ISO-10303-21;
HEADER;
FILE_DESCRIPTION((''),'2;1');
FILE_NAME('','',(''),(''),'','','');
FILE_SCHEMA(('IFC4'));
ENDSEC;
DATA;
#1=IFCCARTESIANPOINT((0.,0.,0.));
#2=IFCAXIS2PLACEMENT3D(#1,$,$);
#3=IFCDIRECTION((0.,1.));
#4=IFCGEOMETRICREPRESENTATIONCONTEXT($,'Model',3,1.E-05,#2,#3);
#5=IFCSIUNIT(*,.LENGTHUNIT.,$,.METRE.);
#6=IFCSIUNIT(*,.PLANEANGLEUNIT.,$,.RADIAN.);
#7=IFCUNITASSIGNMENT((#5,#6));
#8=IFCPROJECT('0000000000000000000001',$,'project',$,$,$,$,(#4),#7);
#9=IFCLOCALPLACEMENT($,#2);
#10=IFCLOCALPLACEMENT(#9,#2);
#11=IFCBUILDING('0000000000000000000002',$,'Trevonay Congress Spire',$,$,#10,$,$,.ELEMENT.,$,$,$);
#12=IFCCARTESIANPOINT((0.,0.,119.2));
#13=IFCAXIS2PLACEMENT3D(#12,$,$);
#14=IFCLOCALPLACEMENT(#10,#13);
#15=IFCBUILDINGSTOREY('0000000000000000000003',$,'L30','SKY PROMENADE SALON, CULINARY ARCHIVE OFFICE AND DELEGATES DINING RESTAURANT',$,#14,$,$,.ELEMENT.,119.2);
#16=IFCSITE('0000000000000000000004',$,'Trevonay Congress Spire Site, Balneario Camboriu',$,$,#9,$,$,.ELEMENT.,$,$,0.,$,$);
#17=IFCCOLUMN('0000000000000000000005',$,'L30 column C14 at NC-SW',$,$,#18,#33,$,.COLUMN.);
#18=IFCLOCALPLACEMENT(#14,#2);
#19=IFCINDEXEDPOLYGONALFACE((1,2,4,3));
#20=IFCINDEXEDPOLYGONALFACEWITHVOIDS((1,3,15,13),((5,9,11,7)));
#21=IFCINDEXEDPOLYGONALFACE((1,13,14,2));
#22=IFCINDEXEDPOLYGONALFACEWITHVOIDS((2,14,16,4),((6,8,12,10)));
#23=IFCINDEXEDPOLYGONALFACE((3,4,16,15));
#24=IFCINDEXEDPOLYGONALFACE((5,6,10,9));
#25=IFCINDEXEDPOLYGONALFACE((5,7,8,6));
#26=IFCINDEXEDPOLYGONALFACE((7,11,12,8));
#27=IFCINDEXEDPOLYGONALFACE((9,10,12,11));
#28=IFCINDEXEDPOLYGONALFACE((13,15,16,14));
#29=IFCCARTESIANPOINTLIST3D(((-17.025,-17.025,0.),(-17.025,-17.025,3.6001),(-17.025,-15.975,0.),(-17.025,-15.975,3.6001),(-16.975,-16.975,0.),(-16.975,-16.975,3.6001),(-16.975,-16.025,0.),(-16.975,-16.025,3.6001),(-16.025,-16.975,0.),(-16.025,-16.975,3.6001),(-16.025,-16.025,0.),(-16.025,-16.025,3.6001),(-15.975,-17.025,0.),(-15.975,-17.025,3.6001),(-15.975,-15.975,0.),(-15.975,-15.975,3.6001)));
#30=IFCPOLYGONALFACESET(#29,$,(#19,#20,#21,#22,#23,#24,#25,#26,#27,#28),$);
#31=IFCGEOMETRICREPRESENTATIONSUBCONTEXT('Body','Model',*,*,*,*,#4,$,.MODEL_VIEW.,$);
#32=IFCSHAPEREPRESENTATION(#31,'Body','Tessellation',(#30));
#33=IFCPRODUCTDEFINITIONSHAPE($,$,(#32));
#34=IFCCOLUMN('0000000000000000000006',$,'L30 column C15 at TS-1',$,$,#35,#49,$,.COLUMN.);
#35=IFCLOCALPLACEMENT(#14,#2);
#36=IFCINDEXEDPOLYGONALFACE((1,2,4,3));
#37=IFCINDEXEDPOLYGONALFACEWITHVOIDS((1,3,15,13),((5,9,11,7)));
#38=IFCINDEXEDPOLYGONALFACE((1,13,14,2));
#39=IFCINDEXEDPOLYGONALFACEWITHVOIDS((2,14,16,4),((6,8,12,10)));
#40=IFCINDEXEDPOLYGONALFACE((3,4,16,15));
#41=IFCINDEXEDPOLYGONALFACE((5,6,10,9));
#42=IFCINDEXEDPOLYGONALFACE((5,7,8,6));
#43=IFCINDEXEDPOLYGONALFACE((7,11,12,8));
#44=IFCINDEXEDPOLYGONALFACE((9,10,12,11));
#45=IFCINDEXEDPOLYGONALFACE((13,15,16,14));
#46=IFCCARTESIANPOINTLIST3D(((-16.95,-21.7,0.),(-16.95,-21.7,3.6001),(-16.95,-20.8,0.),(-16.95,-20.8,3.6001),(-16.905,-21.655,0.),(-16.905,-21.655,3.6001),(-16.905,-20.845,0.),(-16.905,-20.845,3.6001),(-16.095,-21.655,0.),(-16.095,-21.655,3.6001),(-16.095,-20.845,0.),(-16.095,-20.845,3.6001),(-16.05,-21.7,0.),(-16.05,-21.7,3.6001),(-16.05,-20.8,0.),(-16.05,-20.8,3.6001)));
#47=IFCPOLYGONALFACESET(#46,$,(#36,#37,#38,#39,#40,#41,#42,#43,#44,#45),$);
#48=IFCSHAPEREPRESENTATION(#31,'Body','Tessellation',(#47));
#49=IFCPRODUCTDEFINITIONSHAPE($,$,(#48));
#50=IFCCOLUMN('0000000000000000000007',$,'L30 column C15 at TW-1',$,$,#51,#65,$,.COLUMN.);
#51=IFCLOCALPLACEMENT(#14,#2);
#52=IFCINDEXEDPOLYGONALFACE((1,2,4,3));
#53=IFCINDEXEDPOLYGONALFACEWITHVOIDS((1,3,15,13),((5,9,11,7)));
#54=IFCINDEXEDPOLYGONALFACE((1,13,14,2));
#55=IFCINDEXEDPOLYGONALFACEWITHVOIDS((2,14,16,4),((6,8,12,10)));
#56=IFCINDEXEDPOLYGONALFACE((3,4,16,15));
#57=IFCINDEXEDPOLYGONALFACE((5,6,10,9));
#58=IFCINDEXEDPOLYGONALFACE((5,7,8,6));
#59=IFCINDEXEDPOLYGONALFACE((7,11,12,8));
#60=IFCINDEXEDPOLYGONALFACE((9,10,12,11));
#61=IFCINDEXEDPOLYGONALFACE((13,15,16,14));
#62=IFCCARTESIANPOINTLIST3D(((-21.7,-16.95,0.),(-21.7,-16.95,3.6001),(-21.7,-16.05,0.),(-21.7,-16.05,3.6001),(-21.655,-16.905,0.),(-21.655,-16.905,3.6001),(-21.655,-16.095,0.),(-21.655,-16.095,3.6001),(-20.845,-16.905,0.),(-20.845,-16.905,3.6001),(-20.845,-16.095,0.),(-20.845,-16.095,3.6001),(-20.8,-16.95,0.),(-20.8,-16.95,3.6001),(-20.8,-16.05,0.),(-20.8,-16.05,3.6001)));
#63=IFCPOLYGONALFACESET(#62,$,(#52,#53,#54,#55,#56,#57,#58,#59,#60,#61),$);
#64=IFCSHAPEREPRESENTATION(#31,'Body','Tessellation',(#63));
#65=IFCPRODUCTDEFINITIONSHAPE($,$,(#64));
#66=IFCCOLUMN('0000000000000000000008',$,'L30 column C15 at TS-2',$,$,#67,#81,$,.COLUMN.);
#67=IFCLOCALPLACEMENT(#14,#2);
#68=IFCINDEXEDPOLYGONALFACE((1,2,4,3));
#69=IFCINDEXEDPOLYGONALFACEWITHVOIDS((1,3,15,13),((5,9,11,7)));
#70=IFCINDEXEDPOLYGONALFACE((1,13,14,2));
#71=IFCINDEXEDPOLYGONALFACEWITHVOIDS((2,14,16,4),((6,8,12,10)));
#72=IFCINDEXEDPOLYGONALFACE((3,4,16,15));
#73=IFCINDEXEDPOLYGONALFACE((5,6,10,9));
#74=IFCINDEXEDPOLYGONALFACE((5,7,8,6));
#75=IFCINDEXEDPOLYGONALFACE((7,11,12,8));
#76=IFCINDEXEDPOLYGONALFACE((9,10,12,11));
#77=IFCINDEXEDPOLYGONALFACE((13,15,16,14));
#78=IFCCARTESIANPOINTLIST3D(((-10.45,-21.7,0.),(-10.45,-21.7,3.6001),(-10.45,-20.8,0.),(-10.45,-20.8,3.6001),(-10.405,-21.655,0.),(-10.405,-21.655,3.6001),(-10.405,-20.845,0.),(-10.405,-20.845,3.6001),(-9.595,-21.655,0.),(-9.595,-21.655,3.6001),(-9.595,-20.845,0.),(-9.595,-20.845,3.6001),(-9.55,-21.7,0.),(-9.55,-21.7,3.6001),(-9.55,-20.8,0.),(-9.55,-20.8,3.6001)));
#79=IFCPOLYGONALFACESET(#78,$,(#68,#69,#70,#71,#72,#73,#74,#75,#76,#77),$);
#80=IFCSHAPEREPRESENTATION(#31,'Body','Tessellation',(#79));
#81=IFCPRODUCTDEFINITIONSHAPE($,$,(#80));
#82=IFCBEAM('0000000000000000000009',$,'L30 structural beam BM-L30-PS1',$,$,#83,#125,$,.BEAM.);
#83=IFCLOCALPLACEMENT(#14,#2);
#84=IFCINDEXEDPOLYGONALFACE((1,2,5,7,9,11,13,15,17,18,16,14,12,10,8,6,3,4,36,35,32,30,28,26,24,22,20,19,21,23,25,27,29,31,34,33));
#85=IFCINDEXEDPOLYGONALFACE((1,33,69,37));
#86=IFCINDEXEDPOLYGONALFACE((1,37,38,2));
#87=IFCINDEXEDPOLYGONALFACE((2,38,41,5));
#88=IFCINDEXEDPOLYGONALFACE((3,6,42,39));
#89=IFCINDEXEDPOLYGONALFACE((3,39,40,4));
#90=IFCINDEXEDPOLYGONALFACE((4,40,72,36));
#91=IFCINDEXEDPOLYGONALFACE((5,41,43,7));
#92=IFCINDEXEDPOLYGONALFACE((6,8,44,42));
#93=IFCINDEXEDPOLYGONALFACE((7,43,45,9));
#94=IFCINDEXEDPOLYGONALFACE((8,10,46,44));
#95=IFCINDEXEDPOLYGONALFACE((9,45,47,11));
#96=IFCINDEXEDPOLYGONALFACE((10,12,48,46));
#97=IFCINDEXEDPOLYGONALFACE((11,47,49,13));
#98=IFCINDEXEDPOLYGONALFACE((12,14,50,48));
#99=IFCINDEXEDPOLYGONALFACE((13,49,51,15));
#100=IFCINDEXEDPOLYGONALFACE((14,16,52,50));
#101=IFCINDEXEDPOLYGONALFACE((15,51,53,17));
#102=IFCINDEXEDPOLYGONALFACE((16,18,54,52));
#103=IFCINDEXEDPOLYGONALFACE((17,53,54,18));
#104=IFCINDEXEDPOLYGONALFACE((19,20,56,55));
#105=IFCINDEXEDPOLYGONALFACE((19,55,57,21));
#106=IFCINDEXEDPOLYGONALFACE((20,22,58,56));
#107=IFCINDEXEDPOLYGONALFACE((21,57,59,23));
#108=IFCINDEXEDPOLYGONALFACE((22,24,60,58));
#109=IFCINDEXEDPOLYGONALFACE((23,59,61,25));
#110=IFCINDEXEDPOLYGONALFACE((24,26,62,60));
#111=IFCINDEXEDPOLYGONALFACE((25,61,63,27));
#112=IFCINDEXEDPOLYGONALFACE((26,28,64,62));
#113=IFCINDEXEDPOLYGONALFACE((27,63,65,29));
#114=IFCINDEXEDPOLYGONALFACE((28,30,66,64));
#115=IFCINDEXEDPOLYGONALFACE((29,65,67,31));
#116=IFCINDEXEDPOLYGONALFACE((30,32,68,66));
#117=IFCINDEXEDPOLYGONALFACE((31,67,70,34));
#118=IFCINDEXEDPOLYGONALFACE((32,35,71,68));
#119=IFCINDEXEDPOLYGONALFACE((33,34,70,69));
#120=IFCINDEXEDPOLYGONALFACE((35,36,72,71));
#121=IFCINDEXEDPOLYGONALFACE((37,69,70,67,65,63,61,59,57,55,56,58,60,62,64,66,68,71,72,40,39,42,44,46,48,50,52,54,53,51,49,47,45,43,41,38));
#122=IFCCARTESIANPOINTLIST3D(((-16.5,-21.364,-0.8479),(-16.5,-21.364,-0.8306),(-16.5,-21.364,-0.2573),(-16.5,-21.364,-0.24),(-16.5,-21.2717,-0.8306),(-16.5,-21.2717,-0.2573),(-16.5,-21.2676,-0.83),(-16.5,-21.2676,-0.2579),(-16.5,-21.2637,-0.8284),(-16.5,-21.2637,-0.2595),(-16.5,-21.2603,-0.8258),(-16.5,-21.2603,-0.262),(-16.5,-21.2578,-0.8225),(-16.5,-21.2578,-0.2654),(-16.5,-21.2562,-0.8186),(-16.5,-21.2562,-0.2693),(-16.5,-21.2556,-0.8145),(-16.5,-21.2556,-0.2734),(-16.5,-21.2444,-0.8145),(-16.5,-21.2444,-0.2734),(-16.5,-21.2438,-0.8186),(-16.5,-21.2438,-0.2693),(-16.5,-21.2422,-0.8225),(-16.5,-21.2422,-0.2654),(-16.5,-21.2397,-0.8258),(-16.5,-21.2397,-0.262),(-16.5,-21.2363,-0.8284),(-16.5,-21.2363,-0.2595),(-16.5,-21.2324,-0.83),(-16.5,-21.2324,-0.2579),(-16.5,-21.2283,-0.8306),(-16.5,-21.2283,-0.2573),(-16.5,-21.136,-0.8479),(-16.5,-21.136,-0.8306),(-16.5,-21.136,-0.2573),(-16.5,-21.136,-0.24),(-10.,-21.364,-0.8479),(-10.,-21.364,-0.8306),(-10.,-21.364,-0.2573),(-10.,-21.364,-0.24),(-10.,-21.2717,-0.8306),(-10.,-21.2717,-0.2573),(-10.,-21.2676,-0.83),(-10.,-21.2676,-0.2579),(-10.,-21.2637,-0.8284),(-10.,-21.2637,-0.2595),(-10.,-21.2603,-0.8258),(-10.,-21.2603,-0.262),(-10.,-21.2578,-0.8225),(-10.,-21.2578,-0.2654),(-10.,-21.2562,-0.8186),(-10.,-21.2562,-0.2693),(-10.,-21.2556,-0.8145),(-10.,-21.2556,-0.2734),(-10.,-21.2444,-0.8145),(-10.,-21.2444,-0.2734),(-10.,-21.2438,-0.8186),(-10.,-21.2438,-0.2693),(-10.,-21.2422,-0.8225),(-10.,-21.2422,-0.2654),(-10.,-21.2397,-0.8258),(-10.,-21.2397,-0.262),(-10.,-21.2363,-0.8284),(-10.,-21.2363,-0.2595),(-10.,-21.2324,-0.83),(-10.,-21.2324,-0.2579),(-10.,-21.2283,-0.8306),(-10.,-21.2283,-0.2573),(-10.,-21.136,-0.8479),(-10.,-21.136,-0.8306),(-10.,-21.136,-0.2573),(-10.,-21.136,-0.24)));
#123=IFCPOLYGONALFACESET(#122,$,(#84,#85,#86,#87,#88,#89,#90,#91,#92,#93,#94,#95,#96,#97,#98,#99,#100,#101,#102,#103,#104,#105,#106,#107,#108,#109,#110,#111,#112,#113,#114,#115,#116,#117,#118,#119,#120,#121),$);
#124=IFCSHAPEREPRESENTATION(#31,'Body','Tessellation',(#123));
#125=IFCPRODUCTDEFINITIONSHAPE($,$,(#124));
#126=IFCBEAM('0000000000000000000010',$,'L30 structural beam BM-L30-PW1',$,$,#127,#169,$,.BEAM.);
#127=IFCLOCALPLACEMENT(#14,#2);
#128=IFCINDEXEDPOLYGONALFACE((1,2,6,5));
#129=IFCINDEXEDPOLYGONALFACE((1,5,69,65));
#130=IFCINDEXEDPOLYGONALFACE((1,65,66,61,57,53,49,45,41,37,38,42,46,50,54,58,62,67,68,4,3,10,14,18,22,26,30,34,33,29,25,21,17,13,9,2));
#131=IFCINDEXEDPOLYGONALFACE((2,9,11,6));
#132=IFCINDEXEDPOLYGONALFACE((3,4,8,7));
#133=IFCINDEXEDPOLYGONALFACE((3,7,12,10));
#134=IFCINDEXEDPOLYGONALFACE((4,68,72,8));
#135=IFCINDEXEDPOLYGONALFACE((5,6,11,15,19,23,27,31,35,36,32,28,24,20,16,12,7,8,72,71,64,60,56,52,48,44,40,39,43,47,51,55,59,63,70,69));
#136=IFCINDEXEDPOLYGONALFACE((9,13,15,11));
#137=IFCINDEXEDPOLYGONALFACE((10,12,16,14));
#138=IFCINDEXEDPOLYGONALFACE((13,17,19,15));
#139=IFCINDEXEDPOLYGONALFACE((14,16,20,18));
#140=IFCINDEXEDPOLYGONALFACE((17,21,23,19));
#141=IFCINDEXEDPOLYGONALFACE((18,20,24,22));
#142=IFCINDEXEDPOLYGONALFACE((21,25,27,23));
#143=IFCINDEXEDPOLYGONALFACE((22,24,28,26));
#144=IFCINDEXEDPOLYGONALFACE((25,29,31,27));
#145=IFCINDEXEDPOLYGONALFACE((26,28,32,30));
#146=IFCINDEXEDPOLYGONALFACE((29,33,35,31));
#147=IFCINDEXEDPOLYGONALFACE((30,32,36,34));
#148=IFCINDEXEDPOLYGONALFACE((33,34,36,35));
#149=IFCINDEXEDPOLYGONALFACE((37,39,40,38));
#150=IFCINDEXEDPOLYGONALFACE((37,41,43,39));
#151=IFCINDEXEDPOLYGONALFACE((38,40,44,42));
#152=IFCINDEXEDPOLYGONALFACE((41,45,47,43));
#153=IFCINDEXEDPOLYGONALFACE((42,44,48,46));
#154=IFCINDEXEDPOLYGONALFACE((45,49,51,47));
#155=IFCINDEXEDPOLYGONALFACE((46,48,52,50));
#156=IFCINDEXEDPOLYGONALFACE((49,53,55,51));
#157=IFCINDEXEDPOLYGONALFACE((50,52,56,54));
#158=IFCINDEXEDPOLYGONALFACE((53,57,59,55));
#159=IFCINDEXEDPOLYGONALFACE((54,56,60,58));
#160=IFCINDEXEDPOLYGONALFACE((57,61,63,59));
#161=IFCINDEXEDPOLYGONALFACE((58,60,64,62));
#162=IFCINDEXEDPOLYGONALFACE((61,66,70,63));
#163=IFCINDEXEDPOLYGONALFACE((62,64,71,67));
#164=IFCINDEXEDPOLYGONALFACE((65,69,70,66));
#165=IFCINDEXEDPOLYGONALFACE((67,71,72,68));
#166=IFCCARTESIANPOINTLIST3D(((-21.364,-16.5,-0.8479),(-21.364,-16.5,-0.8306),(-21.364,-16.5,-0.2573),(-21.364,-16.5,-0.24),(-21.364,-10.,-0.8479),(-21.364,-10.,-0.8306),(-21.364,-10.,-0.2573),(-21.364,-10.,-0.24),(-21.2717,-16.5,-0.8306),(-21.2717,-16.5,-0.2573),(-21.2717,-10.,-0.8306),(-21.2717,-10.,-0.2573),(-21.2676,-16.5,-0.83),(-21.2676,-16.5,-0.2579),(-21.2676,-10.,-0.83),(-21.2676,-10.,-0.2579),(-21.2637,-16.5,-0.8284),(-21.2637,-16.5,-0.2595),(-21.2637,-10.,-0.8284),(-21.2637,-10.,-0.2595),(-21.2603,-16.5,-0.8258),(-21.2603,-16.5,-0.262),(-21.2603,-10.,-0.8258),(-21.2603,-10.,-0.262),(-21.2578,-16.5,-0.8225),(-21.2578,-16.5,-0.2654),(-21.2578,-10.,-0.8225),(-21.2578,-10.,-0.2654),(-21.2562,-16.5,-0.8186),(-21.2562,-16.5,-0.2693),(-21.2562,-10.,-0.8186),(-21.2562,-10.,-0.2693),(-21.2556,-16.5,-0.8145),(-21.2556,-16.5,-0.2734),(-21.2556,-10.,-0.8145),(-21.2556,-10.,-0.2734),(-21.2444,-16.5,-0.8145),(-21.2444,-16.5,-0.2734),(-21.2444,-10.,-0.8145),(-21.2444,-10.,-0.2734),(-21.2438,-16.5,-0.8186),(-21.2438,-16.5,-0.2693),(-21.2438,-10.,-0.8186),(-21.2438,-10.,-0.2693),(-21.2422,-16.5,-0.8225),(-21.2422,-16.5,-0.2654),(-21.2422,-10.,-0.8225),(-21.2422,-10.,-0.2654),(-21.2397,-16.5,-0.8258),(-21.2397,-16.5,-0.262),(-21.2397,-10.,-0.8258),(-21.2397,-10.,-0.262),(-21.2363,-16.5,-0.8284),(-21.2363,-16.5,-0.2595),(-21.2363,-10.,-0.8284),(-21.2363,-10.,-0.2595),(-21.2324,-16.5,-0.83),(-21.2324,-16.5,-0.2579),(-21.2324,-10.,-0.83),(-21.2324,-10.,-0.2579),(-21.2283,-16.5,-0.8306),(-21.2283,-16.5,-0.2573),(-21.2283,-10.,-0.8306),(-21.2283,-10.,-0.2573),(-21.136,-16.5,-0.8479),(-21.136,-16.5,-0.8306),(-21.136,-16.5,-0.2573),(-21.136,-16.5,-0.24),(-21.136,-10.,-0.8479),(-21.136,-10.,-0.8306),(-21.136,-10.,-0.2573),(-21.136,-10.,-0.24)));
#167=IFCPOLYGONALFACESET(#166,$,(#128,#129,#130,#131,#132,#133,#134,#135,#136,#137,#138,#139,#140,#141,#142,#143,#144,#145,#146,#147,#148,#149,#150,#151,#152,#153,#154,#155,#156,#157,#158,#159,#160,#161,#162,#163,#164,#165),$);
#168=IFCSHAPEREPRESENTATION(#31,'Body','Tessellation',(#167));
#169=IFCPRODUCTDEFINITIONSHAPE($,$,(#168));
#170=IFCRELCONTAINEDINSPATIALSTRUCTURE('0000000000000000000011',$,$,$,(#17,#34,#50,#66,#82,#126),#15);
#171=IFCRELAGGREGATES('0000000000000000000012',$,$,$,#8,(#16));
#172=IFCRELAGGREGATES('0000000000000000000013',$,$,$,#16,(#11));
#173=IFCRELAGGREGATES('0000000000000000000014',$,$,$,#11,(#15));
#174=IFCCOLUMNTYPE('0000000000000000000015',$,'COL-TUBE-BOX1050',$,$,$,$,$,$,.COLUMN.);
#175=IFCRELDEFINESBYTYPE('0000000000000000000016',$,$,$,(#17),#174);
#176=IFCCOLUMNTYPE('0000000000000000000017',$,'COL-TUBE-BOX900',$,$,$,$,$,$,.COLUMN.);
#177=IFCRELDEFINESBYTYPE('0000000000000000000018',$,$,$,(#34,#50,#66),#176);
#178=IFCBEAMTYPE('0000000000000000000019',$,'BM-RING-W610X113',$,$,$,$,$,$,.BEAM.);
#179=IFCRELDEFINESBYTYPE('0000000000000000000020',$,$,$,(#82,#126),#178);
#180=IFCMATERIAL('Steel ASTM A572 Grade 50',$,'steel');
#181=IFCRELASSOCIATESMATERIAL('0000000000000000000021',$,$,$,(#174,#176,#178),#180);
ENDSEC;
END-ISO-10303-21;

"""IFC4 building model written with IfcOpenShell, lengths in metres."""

from ifc_helpers import new_model, si_unit, direction, frame, origin, origin_2d, place, context, subcontext, project, spatial, hollow_rectangle, i_section, extrude, material, material_profile, profile_set, type_object, element, save


model = new_model("IFC4")

# Units and contexts
model_context = context("Model", 3, precision=1e-05, world=origin(), true_north=direction((0.0, 1.0)))
body_context = subcontext(model_context, "Body", "Model", "MODEL_VIEW")
ifc_project = project(units=[si_unit("LENGTHUNIT", "METRE"), si_unit("PLANEANGLEUNIT", "RADIAN")], contexts=[model_context])

# Site, building, storey
site_placement = place(None, origin())
site = spatial("IfcSite", under=ifc_project, at=site_placement, Name="Trevonay Congress Spire Site, Balneario Camboriu", CompositionType="ELEMENT", RefElevation=0.0)
building_placement = place(site_placement, origin())
building = spatial("IfcBuilding", under=site, at=building_placement, Name="Trevonay Congress Spire", CompositionType="ELEMENT")
storey_placement = place(building_placement, frame((0.0, 0.0, 119.2)))
storey = spatial("IfcBuildingStorey", under=building, at=storey_placement, Name="L30", Description="SKY PROMENADE SALON, CULINARY ARCHIVE OFFICE AND DELEGATES DINING RESTAURANT", CompositionType="ELEMENT", Elevation=119.2)

# Columns
ifc_material_1 = material(Name="Steel ASTM A572 Grade 50", Category="steel")
ifc_material_profile_1 = material_profile(ifc_material_1, hollow_rectangle(XDim=1.05, YDim=1.05, WallThickness=0.05, at=origin_2d()), Name="BOX 1050x1050x50")
ifc_profile_set_1 = profile_set([ifc_material_profile_1], Name="Steel ASTM A572 Grade 50")
column_type_1 = type_object("IfcColumnType", Name="COL-TUBE-BOX1050", PredefinedType="COLUMN", material=ifc_profile_set_1)
column_placement = place(storey_placement, frame((-16.5, -16.5, 0.0), z_axis=(0.0, 0.0, 1.0), x_axis=(1.0, 0.0, 0.0)))
element("IfcColumn", 1, at=column_placement, inside=storey, type_object=column_type_1, Name="L30 column C14 at NC-SW", PredefinedType="COLUMN", context=body_context, shape_type="SweptSolid", body=[
    extrude(hollow_rectangle(XDim=1.05, YDim=1.05, WallThickness=0.05, at=origin_2d()), origin(), (0.0, 0.0, 1.0), 3.6001),
])
ifc_material_profile_2 = material_profile(ifc_material_1, hollow_rectangle(XDim=0.8999, YDim=0.8999, WallThickness=0.0449, at=origin_2d()), Name="BOX 900x900x45")
ifc_profile_set_2 = profile_set([ifc_material_profile_2], Name="Steel ASTM A572 Grade 50")
column_type_2 = type_object("IfcColumnType", Name="COL-TUBE-BOX900", PredefinedType="COLUMN", material=ifc_profile_set_2)
for number, where, z_axis, x_axis, name in (
    (2, (-16.5, -21.25, 0.0), (0.0, 0.0, 1.0), (1.0, 0.0, 0.0), "L30 column C15 at TS-1"),
    (3, (-21.25, -16.5, 0.0), (0.0, 0.0, 1.0), (1.0, 0.0, 0.0), "L30 column C15 at TW-1"),
    (4, (-10.0, -21.25, 0.0), (0.0, 0.0, 1.0), (1.0, 0.0, 0.0), "L30 column C15 at TS-2"),
):
    element("IfcColumn", number, at=place(storey_placement, frame(where, z_axis=z_axis, x_axis=x_axis)), inside=storey, type_object=column_type_2, Name=name, PredefinedType="COLUMN", context=body_context, shape_type="SweptSolid", body=[
        extrude(hollow_rectangle(XDim=0.8999, YDim=0.8999, WallThickness=0.0449, at=origin_2d()), origin(), (0.0, 0.0, 1.0), 3.6001),
    ])

# Beams
ifc_material_profile_3 = material_profile(ifc_material_1, i_section(OverallWidth=0.228, OverallDepth=0.6079, WebThickness=0.0112, FlangeThickness=0.0173, FilletRadius=0.0161, at=origin_2d()), Name="W610x113")
ifc_profile_set_3 = profile_set([ifc_material_profile_3], Name="Steel ASTM A572 Grade 50")
beam_type = type_object("IfcBeamType", Name="BM-RING-W610X113", PredefinedType="BEAM", material=ifc_profile_set_3)
for number, where, z_axis, x_axis, name in (
    (5, (-16.5, -21.25, -0.5439), (1.0, 0.0, 0.0), (0.0, 1.0, 0.0), "L30 structural beam BM-L30-PS1"),
    (6, (-21.25, -16.5, -0.5439), (0.0, 1.0, 0.0), (-1.0, 0.0, 0.0), "L30 structural beam BM-L30-PW1"),
):
    element("IfcBeam", number, at=place(storey_placement, frame(where, z_axis=z_axis, x_axis=x_axis)), inside=storey, type_object=beam_type, Name=name, PredefinedType="BEAM", context=body_context, shape_type="SweptSolid", body=[
        extrude(i_section(OverallWidth=0.228, OverallDepth=0.6079, WebThickness=0.0112, FlangeThickness=0.0173, FilletRadius=0.0161, at=origin_2d()), origin(), (0.0, 0.0, 1.0), 6.5),
    ])

save(model, "model.ifc")
